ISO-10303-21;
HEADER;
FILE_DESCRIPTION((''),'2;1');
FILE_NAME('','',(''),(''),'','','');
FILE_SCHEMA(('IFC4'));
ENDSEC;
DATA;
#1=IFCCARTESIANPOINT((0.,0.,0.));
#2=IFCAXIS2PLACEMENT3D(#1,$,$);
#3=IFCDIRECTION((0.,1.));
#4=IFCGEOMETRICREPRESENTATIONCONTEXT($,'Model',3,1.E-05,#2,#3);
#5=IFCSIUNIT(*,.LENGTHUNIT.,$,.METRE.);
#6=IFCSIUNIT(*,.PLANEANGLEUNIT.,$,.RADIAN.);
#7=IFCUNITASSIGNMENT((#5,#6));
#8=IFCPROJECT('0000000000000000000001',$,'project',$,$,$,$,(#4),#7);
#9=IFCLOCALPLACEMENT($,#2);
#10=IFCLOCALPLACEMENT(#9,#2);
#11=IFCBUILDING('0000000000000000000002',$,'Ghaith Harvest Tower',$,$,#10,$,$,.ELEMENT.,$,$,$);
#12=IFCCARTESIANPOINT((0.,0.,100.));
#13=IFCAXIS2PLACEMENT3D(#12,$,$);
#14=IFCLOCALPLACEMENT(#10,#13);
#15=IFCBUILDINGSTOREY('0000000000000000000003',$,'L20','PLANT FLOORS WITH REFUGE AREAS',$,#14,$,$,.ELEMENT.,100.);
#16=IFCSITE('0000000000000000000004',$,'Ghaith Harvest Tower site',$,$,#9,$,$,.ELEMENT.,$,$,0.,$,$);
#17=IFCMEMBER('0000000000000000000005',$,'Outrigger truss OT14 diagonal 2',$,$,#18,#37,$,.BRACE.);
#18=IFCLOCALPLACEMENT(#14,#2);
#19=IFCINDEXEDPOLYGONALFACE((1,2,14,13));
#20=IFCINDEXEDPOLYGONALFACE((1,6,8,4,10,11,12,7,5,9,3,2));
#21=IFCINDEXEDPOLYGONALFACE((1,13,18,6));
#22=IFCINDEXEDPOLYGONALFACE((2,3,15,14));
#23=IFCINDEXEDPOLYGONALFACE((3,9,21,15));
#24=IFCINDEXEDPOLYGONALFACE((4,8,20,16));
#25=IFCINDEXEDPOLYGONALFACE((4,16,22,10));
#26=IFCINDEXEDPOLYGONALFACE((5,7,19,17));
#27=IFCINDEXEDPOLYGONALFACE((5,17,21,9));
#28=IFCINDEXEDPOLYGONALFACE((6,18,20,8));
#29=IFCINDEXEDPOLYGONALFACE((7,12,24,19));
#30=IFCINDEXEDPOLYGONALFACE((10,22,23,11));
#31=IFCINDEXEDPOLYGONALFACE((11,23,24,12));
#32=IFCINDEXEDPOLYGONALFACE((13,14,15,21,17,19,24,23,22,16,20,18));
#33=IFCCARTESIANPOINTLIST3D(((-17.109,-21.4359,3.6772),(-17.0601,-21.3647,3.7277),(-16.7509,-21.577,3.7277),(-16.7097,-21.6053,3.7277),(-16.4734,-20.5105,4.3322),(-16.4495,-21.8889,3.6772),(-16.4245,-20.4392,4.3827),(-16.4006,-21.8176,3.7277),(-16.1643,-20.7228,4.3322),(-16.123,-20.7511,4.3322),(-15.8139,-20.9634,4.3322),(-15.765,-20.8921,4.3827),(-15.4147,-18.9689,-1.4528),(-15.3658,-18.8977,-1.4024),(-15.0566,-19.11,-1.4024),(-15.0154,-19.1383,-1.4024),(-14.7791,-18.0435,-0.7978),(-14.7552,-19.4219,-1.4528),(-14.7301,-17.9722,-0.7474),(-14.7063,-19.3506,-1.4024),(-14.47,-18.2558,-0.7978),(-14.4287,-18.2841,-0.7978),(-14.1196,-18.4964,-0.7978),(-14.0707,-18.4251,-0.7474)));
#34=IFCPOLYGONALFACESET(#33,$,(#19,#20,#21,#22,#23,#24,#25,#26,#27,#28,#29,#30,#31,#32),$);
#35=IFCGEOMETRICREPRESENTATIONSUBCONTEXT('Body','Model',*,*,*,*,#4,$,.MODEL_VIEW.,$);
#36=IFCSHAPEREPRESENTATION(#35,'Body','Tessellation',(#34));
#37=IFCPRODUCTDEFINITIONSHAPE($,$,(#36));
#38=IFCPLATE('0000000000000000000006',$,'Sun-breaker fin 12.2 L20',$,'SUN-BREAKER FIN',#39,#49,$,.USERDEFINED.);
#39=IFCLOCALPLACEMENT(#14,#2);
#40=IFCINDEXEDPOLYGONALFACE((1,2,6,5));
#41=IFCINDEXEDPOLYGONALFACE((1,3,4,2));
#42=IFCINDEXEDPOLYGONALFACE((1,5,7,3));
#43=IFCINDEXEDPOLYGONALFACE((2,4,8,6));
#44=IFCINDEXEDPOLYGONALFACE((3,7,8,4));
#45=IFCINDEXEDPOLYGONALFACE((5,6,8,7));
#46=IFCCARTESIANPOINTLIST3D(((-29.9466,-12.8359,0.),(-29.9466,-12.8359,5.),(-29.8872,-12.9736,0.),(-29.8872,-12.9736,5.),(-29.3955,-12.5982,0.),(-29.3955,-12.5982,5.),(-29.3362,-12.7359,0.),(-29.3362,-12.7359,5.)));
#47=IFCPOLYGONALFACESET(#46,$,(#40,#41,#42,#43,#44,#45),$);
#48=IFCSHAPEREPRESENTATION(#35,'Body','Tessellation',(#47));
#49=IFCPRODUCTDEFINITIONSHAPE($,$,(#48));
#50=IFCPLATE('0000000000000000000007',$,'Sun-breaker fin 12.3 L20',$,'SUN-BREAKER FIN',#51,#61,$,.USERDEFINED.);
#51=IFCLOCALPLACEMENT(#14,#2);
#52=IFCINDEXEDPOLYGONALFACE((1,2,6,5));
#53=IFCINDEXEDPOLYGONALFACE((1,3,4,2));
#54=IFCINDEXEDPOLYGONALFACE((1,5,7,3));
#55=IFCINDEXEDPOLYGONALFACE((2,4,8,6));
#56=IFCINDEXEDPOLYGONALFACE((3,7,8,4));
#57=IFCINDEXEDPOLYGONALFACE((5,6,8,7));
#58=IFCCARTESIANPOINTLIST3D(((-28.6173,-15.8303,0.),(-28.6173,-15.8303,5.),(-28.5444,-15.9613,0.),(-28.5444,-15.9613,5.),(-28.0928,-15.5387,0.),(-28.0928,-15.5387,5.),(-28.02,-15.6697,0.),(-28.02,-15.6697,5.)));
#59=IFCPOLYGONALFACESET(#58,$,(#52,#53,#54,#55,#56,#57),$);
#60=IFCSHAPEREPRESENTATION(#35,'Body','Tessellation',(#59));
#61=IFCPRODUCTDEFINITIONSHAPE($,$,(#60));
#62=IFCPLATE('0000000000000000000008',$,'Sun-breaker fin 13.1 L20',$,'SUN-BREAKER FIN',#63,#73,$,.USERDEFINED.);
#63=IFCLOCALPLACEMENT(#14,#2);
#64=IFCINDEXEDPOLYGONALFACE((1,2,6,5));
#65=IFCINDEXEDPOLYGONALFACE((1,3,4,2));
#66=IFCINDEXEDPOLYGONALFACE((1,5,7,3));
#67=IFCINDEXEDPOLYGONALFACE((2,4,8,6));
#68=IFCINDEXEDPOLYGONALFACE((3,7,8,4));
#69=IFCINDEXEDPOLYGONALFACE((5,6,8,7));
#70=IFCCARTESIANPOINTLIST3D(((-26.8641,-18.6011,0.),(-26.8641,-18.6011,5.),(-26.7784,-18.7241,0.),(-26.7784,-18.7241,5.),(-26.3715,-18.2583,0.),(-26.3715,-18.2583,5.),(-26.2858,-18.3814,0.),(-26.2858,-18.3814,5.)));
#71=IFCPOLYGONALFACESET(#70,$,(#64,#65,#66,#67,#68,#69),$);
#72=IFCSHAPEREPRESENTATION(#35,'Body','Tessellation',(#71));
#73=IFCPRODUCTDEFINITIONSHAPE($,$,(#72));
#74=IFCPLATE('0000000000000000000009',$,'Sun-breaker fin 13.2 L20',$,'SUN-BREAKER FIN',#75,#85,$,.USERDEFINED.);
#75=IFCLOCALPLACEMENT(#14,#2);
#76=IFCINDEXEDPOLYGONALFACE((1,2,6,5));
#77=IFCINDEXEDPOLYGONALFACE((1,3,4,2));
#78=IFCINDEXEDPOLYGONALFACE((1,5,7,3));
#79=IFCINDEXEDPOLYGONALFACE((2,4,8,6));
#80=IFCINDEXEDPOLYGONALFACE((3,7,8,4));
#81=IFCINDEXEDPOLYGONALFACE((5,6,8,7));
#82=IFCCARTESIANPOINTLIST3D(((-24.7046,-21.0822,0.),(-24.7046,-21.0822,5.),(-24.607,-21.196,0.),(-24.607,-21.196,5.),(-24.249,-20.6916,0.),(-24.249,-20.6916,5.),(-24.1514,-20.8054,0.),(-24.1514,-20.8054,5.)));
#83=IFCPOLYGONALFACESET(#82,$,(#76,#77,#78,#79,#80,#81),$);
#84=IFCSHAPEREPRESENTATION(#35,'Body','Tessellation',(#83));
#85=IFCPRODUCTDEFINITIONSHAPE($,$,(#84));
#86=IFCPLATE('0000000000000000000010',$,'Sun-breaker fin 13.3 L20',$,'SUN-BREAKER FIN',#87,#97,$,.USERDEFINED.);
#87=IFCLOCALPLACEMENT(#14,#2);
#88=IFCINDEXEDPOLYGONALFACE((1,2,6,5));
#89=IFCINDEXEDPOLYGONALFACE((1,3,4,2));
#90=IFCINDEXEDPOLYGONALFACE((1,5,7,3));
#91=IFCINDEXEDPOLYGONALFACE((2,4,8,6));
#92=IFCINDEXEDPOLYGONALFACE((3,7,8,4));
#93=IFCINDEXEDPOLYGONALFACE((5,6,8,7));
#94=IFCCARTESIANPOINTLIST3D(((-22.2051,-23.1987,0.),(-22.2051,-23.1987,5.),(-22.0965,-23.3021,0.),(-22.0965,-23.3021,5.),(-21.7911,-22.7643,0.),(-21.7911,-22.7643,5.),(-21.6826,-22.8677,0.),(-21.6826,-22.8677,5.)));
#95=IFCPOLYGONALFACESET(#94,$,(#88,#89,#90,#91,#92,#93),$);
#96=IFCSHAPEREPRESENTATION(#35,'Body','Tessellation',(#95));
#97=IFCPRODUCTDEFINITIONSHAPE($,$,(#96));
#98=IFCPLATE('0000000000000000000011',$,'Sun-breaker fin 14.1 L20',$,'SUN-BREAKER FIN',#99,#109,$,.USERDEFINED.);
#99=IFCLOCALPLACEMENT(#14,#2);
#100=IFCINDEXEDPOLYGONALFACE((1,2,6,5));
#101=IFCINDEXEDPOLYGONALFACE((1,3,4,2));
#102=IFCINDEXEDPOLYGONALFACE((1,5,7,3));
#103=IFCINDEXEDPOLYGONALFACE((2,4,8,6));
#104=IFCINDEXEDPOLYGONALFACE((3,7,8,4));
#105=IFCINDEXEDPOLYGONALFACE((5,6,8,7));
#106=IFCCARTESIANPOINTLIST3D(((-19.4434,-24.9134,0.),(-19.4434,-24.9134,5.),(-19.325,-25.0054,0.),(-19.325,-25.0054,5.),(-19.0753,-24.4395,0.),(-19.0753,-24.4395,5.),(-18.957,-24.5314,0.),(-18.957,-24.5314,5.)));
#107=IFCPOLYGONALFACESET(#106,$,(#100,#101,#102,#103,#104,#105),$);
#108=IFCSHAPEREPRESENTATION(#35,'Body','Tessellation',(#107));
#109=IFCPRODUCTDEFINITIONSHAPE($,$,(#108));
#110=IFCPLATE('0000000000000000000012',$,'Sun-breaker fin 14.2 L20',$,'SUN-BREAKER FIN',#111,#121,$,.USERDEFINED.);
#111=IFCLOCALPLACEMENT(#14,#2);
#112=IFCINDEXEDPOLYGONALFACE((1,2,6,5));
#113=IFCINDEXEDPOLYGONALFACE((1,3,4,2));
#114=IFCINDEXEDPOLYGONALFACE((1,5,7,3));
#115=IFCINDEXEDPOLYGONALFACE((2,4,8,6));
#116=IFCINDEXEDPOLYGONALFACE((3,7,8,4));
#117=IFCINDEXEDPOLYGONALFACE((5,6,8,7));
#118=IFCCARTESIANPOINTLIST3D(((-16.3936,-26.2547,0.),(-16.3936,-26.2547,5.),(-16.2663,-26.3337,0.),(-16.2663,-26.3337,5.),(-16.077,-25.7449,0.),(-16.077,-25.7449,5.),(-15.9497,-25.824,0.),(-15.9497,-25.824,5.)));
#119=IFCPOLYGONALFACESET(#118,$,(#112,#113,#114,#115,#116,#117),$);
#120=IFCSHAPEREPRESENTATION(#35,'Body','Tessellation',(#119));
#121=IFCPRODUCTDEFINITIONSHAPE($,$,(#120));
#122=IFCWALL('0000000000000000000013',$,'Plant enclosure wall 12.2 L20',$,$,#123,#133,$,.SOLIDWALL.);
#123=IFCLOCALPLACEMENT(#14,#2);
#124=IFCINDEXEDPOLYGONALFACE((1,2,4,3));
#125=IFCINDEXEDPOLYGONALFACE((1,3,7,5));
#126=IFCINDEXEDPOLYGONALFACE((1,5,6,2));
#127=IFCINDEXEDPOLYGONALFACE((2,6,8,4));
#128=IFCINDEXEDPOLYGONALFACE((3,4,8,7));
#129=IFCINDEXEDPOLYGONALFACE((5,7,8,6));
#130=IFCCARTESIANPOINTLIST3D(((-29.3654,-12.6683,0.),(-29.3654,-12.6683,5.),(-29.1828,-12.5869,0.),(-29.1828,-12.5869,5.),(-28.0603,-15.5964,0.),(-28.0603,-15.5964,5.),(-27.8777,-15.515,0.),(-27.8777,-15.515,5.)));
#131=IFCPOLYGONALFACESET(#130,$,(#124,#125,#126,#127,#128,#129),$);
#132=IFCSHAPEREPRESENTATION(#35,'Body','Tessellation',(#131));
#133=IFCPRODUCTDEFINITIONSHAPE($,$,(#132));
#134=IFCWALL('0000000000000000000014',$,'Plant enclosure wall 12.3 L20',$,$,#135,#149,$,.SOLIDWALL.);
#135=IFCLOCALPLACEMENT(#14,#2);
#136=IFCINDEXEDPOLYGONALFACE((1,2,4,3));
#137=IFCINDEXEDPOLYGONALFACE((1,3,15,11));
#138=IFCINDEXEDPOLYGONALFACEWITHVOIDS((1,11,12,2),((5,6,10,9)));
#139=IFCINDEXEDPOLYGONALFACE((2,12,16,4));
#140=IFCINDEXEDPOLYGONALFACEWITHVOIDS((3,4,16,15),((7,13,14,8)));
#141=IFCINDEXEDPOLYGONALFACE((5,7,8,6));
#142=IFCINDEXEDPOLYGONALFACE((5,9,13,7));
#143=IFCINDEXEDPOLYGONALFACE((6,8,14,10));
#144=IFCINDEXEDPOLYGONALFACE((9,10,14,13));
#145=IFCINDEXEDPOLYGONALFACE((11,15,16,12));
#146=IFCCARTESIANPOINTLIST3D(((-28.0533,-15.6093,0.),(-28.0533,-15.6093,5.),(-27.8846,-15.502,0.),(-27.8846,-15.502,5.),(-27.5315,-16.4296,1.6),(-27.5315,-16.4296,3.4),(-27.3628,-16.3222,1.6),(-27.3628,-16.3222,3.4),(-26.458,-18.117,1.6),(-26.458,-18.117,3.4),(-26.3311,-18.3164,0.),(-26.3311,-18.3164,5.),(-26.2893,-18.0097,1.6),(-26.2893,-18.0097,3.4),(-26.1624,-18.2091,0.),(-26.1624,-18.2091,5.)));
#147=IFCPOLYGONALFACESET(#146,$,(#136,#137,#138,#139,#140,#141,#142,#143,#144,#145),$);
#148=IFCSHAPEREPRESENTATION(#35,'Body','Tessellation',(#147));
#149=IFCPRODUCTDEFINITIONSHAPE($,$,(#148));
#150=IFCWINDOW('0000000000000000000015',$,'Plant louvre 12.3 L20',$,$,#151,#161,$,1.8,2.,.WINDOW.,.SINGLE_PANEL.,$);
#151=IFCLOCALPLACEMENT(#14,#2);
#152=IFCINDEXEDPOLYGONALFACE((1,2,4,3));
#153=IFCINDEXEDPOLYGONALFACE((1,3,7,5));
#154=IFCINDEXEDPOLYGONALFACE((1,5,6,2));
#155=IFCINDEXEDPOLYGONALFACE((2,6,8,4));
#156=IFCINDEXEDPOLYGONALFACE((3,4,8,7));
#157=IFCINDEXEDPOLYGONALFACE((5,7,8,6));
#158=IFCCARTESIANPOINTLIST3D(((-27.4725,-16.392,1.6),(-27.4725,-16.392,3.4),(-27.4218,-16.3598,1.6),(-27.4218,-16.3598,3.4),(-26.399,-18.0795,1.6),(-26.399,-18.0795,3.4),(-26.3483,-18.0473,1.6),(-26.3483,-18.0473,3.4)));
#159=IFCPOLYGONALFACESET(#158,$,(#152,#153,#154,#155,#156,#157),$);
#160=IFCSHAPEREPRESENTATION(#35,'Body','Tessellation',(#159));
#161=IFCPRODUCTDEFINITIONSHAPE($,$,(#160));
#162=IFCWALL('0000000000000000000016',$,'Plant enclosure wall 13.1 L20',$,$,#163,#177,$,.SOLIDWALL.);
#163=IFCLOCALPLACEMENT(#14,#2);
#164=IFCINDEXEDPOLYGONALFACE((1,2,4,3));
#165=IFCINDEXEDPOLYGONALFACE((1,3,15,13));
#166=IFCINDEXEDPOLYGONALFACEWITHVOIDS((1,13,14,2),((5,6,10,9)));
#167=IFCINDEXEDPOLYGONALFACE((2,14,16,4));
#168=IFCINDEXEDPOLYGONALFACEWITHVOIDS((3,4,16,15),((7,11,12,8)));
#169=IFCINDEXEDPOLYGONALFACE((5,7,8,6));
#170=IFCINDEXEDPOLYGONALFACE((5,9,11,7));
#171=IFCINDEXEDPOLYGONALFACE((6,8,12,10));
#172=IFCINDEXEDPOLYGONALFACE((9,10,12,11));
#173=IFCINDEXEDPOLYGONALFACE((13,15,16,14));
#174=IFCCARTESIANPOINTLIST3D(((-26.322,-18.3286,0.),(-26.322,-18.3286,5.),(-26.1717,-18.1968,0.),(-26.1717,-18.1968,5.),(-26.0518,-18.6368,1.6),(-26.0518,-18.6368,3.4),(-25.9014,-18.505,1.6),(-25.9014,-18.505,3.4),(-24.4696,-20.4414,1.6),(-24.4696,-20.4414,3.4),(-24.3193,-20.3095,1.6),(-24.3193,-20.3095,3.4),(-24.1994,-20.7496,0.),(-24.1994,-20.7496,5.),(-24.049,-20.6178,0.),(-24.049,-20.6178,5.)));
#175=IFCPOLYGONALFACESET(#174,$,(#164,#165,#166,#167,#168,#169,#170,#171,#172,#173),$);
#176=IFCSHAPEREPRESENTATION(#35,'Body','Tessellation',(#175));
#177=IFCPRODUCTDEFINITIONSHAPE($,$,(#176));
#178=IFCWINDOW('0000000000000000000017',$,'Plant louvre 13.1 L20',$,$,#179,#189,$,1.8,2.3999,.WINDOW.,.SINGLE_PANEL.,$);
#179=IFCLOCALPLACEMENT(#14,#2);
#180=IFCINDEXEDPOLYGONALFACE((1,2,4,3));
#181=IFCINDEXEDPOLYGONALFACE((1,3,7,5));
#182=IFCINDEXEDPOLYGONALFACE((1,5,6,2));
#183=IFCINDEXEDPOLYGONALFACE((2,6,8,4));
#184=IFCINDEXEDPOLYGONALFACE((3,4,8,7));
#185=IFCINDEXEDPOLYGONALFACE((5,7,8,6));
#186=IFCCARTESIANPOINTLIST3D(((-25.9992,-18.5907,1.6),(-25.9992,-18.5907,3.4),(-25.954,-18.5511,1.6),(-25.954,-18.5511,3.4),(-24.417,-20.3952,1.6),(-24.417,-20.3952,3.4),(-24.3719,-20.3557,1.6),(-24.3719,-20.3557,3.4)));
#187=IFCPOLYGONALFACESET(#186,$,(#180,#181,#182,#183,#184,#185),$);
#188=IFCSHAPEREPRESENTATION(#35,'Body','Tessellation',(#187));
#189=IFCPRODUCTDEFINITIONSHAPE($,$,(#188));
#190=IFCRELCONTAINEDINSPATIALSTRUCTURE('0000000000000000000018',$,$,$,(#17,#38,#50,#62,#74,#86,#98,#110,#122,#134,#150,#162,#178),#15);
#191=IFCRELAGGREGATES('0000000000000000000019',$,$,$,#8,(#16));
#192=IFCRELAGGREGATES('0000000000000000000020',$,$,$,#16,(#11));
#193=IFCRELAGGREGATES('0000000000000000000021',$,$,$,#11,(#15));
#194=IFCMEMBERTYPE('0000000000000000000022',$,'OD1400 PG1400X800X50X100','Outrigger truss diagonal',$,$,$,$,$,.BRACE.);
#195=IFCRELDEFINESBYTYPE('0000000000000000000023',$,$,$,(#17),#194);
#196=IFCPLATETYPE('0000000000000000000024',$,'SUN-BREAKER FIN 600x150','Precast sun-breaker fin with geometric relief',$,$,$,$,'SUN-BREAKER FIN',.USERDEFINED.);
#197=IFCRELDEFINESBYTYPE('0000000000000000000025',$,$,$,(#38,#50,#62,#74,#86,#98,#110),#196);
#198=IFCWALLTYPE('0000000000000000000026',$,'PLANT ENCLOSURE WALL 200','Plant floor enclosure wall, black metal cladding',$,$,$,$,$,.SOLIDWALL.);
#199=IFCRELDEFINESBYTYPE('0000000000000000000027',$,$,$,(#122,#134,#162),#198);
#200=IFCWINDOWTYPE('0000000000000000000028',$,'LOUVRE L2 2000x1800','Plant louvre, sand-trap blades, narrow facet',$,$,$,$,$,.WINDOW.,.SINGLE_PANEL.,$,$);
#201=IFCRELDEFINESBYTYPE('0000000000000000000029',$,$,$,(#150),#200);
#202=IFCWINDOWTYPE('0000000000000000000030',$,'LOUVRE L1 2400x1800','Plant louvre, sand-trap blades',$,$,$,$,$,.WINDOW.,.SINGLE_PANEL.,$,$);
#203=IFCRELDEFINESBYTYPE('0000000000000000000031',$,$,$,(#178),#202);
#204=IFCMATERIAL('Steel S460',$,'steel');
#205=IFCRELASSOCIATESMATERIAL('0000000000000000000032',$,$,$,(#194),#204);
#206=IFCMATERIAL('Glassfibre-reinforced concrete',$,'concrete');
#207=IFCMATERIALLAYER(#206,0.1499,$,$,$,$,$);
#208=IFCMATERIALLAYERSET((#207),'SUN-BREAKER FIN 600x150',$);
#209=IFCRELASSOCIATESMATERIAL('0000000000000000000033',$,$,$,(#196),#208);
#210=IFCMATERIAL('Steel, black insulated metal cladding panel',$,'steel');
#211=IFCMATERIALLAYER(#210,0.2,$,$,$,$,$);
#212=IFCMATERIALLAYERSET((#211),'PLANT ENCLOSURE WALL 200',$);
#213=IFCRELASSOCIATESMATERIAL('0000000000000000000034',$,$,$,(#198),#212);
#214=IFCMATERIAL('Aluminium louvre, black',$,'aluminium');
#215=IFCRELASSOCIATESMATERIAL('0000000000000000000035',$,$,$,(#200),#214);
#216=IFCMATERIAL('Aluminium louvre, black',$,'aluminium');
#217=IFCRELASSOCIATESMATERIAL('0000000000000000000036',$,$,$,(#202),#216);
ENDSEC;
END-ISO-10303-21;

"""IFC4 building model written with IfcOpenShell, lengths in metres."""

from ifc_helpers import new_model, si_unit, direction, frame, frame_2d, origin, origin_2d, place, context, subcontext, project, spatial, rectangle, i_section, extrude, material, layer, layer_set, material_profile, profile_set, type_object, element, fill, save


model = new_model("IFC4")

# Units and contexts
model_context = context("Model", 3, precision=1e-05, world=origin(), true_north=direction((0.0, 1.0)))
body_context = subcontext(model_context, "Body", "Model", "MODEL_VIEW")
ifc_project = project(units=[si_unit("LENGTHUNIT", "METRE"), si_unit("PLANEANGLEUNIT", "RADIAN")], contexts=[model_context])

# Site, building, storey
site_placement = place(None, origin())
site = spatial("IfcSite", under=ifc_project, at=site_placement, Name="Ghaith Harvest Tower site", CompositionType="ELEMENT", RefElevation=0.0)
building_placement = place(site_placement, origin())
building = spatial("IfcBuilding", under=site, at=building_placement, Name="Ghaith Harvest Tower", CompositionType="ELEMENT")
storey_placement = place(building_placement, frame((0.0, 0.0, 100.0)))
storey = spatial("IfcBuildingStorey", under=building, at=storey_placement, Name="L20", Description="PLANT FLOORS WITH REFUGE AREAS", CompositionType="ELEMENT", Elevation=100.0)

# Member
ifc_material_1 = material(Name="Steel S460", Category="steel")
ifc_material_profile_1 = material_profile(ifc_material_1, i_section(OverallWidth=0.8, OverallDepth=1.3999, WebThickness=0.05, FlangeThickness=0.1001, at=origin_2d()), Name="PG1400X800X50X100")
ifc_profile_set_1 = profile_set([ifc_material_profile_1], Name="Steel S460")
member_type_1 = type_object("IfcMemberType", Name="OD1400 PG1400X800X50X100", Description="Outrigger truss diagonal", PredefinedType="BRACE", material=ifc_profile_set_1)
member_1_placement = place(storey_placement, frame((-14.7427, -18.697, -1.1001), z_axis=(-0.285275, -0.415376, 0.86376), x_axis=(0.824316, -0.566131, 0.0)))
element("IfcMember", 1, at=member_1_placement, inside=storey, type_object=member_type_1, Name="Outrigger truss OT14 diagonal 2", PredefinedType="BRACE", context=body_context, shape_type="SweptSolid", body=[
    extrude(i_section(OverallWidth=0.8, OverallDepth=1.3999, WebThickness=0.05, FlangeThickness=0.1001, at=origin_2d()), origin(), (0.0, 0.0, 1.0), 5.9392),
])

# Plates
ifc_material_2 = material(Name="Glassfibre-reinforced concrete", Category="concrete")
ifc_layer_1 = layer(ifc_material_2, 0.1499)
ifc_layer_set_1 = layer_set([ifc_layer_1], Name="SUN-BREAKER FIN 600x150")
plate_type = type_object("IfcPlateType", Name="SUN-BREAKER FIN 600x150", Description="Precast sun-breaker fin with geometric relief", ElementType="SUN-BREAKER FIN", PredefinedType="USERDEFINED", material=ifc_layer_set_1)
for number, where, z_axis, x_axis, name in (
    (2, (-29.6414, -12.7859, 0.0), (0.0, 0.0, 1.0), (-0.918218, -0.396075, 0.0), "Sun-breaker fin 12.2 L20"),
    (3, (-28.3186, -15.75, 0.0), (0.0, 0.0, 1.0), (-0.873927, -0.486057, 0.0), "Sun-breaker fin 12.3 L20"),
    (4, (-26.575, -18.4912, 0.0), (0.0, 0.0, 1.0), (-0.820845, -0.57115, 0.0), "Sun-breaker fin 13.1 L20"),
    (5, (-24.428, -20.9438, 0.0), (0.0, 0.0, 1.0), (-0.75917, -0.650893, 0.0), "Sun-breaker fin 13.2 L20"),
    (6, (-21.9438, -23.0332, 0.0), (0.0, 0.0, 1.0), (-0.689779, -0.72402, 0.0), "Sun-breaker fin 13.3 L20"),
    (7, (-19.2002, -24.7224, 0.0), (0.0, 0.0, 1.0), (-0.613378, -0.78979, 0.0), "Sun-breaker fin 14.1 L20"),
    (8, (-16.1716, -26.0393, 0.0), (0.0, 0.0, 1.0), (-0.527583, -0.849504, 0.0), "Sun-breaker fin 14.2 L20"),
):
    element("IfcPlate", number, at=place(storey_placement, frame(where, z_axis=z_axis, x_axis=x_axis)), inside=storey, type_object=plate_type, Name=name, ObjectType="SUN-BREAKER FIN", PredefinedType="USERDEFINED", context=body_context, shape_type="SweptSolid", body=[
        extrude(rectangle(XDim=0.6001, YDim=0.1499, at=origin_2d()), origin(), (0.0, 0.0, 1.0), 5.0),
    ])

# Wall
ifc_material_3 = material(Name="Steel, black insulated metal cladding panel", Category="steel")
ifc_layer_2 = layer(ifc_material_3, 0.2)
ifc_layer_set_2 = layer_set([ifc_layer_2], Name="PLANT ENCLOSURE WALL 200")
wall_type = type_object("IfcWallType", Name="PLANT ENCLOSURE WALL 200", Description="Plant floor enclosure wall, black metal cladding", PredefinedType="SOLIDWALL", material=ifc_layer_set_2)
wall_1_placement = place(storey_placement, frame((-29.2742, -12.6274, 0.0), z_axis=(0.0, 0.0, 1.0), x_axis=(0.407113, -0.913378, 0.0)))
element("IfcWall", 9, at=wall_1_placement, inside=storey, type_object=wall_type, Name="Plant enclosure wall 12.2 L20", PredefinedType="SOLIDWALL", context=body_context, shape_type="SweptSolid", body=[
    extrude(rectangle(XDim=3.2058, YDim=0.2, at=frame_2d((1.603, 0.0))), origin(), (0.0, 0.0, 1.0), 5.0),
])

# Walls, openings, windows
wall_2_placement = place(storey_placement, frame((-27.969, -15.5557, 0.0), z_axis=(0.0, 0.0, 1.0), x_axis=(0.536767, -0.84373, 0.0)))
wall_2 = element("IfcWall", 10, at=wall_2_placement, inside=storey, type_object=wall_type, Name="Plant enclosure wall 12.3 L20", PredefinedType="SOLIDWALL", context=body_context, shape_type="SweptSolid", body=[
    extrude(rectangle(XDim=3.2085, YDim=0.2, at=frame_2d((1.6042, 0.0))), origin(), (0.0, 0.0, 1.0), 5.0),
])
opening_1_placement = place(wall_2_placement, frame((0.9722, 0.0, 1.6001)))
opening_1 = element("IfcOpeningElement", 11, at=opening_1_placement, cuts=wall_2, PredefinedType="OPENING", context=body_context, shape_type="SweptSolid", body=[
    extrude(rectangle(XDim=2.0, YDim=1.8, at=frame_2d((1.0, 0.8999))), frame((0.0, 0.1099, 0.0), z_axis=(0.0, -1.0, 0.0), x_axis=(1.0, 0.0, 0.0)), (0.0, 0.0, 1.0), 0.22),
])
ifc_material_4 = material(Name="Aluminium louvre, black", Category="aluminium")
window_type_1 = type_object("IfcWindowType", Name="LOUVRE L2 2000x1800", Description="Plant louvre, sand-trap blades, narrow facet", PartitioningType="SINGLE_PANEL", PredefinedType="WINDOW", material=ifc_material_4)
window_1_placement = place(opening_1_placement, origin())
window_1 = element("IfcWindow", 12, at=window_1_placement, inside=storey, type_object=window_type_1, Name="Plant louvre 12.3 L20", OverallHeight=1.8, OverallWidth=2.0, PartitioningType="SINGLE_PANEL", PredefinedType="WINDOW", context=body_context, shape_type="SweptSolid", body=[
    extrude(rectangle(XDim=2.0, YDim=1.8, at=frame_2d((1.0, 0.8999))), frame((0.0, 0.03, 0.0), z_axis=(0.0, -1.0, 0.0), x_axis=(1.0, 0.0, 0.0)), (0.0, 0.0, 1.0), 0.0601),
])
fill(opening_1, window_1)
wall_3_placement = place(storey_placement, frame((-26.2468, -18.2627, 0.0), z_axis=(0.0, 0.0, 1.0), x_axis=(0.659256, -0.751919, 0.0)))
wall_3 = element("IfcWall", 13, at=wall_3_placement, inside=storey, type_object=wall_type, Name="Plant enclosure wall 13.1 L20", PredefinedType="SOLIDWALL", context=body_context, shape_type="SweptSolid", body=[
    extrude(rectangle(XDim=3.2197, YDim=0.2, at=frame_2d((1.6099, 0.0))), origin(), (0.0, 0.0, 1.0), 5.0),
])
opening_2_placement = place(wall_3_placement, frame((0.4099, 0.0, 1.6001)))
opening_2 = element("IfcOpeningElement", 14, at=opening_2_placement, cuts=wall_3, PredefinedType="OPENING", context=body_context, shape_type="SweptSolid", body=[
    extrude(rectangle(XDim=2.3999, YDim=1.8, at=frame_2d((1.2, 0.8999))), frame((0.0, 0.1099, 0.0), z_axis=(0.0, -1.0, 0.0), x_axis=(1.0, 0.0, 0.0)), (0.0, 0.0, 1.0), 0.22),
])
ifc_material_5 = material(Name="Aluminium louvre, black", Category="aluminium")
window_type_2 = type_object("IfcWindowType", Name="LOUVRE L1 2400x1800", Description="Plant louvre, sand-trap blades", PartitioningType="SINGLE_PANEL", PredefinedType="WINDOW", material=ifc_material_5)
window_2_placement = place(opening_2_placement, origin())
window_2 = element("IfcWindow", 15, at=window_2_placement, inside=storey, type_object=window_type_2, Name="Plant louvre 13.1 L20", OverallHeight=1.8, OverallWidth=2.3999, PartitioningType="SINGLE_PANEL", PredefinedType="WINDOW", context=body_context, shape_type="SweptSolid", body=[
    extrude(rectangle(XDim=2.3999, YDim=1.8, at=frame_2d((1.2, 0.8999))), frame((0.0, 0.03, 0.0), z_axis=(0.0, -1.0, 0.0), x_axis=(1.0, 0.0, 0.0)), (0.0, 0.0, 1.0), 0.0601),
])
fill(opening_2, window_2)

save(model, "model.ifc")
